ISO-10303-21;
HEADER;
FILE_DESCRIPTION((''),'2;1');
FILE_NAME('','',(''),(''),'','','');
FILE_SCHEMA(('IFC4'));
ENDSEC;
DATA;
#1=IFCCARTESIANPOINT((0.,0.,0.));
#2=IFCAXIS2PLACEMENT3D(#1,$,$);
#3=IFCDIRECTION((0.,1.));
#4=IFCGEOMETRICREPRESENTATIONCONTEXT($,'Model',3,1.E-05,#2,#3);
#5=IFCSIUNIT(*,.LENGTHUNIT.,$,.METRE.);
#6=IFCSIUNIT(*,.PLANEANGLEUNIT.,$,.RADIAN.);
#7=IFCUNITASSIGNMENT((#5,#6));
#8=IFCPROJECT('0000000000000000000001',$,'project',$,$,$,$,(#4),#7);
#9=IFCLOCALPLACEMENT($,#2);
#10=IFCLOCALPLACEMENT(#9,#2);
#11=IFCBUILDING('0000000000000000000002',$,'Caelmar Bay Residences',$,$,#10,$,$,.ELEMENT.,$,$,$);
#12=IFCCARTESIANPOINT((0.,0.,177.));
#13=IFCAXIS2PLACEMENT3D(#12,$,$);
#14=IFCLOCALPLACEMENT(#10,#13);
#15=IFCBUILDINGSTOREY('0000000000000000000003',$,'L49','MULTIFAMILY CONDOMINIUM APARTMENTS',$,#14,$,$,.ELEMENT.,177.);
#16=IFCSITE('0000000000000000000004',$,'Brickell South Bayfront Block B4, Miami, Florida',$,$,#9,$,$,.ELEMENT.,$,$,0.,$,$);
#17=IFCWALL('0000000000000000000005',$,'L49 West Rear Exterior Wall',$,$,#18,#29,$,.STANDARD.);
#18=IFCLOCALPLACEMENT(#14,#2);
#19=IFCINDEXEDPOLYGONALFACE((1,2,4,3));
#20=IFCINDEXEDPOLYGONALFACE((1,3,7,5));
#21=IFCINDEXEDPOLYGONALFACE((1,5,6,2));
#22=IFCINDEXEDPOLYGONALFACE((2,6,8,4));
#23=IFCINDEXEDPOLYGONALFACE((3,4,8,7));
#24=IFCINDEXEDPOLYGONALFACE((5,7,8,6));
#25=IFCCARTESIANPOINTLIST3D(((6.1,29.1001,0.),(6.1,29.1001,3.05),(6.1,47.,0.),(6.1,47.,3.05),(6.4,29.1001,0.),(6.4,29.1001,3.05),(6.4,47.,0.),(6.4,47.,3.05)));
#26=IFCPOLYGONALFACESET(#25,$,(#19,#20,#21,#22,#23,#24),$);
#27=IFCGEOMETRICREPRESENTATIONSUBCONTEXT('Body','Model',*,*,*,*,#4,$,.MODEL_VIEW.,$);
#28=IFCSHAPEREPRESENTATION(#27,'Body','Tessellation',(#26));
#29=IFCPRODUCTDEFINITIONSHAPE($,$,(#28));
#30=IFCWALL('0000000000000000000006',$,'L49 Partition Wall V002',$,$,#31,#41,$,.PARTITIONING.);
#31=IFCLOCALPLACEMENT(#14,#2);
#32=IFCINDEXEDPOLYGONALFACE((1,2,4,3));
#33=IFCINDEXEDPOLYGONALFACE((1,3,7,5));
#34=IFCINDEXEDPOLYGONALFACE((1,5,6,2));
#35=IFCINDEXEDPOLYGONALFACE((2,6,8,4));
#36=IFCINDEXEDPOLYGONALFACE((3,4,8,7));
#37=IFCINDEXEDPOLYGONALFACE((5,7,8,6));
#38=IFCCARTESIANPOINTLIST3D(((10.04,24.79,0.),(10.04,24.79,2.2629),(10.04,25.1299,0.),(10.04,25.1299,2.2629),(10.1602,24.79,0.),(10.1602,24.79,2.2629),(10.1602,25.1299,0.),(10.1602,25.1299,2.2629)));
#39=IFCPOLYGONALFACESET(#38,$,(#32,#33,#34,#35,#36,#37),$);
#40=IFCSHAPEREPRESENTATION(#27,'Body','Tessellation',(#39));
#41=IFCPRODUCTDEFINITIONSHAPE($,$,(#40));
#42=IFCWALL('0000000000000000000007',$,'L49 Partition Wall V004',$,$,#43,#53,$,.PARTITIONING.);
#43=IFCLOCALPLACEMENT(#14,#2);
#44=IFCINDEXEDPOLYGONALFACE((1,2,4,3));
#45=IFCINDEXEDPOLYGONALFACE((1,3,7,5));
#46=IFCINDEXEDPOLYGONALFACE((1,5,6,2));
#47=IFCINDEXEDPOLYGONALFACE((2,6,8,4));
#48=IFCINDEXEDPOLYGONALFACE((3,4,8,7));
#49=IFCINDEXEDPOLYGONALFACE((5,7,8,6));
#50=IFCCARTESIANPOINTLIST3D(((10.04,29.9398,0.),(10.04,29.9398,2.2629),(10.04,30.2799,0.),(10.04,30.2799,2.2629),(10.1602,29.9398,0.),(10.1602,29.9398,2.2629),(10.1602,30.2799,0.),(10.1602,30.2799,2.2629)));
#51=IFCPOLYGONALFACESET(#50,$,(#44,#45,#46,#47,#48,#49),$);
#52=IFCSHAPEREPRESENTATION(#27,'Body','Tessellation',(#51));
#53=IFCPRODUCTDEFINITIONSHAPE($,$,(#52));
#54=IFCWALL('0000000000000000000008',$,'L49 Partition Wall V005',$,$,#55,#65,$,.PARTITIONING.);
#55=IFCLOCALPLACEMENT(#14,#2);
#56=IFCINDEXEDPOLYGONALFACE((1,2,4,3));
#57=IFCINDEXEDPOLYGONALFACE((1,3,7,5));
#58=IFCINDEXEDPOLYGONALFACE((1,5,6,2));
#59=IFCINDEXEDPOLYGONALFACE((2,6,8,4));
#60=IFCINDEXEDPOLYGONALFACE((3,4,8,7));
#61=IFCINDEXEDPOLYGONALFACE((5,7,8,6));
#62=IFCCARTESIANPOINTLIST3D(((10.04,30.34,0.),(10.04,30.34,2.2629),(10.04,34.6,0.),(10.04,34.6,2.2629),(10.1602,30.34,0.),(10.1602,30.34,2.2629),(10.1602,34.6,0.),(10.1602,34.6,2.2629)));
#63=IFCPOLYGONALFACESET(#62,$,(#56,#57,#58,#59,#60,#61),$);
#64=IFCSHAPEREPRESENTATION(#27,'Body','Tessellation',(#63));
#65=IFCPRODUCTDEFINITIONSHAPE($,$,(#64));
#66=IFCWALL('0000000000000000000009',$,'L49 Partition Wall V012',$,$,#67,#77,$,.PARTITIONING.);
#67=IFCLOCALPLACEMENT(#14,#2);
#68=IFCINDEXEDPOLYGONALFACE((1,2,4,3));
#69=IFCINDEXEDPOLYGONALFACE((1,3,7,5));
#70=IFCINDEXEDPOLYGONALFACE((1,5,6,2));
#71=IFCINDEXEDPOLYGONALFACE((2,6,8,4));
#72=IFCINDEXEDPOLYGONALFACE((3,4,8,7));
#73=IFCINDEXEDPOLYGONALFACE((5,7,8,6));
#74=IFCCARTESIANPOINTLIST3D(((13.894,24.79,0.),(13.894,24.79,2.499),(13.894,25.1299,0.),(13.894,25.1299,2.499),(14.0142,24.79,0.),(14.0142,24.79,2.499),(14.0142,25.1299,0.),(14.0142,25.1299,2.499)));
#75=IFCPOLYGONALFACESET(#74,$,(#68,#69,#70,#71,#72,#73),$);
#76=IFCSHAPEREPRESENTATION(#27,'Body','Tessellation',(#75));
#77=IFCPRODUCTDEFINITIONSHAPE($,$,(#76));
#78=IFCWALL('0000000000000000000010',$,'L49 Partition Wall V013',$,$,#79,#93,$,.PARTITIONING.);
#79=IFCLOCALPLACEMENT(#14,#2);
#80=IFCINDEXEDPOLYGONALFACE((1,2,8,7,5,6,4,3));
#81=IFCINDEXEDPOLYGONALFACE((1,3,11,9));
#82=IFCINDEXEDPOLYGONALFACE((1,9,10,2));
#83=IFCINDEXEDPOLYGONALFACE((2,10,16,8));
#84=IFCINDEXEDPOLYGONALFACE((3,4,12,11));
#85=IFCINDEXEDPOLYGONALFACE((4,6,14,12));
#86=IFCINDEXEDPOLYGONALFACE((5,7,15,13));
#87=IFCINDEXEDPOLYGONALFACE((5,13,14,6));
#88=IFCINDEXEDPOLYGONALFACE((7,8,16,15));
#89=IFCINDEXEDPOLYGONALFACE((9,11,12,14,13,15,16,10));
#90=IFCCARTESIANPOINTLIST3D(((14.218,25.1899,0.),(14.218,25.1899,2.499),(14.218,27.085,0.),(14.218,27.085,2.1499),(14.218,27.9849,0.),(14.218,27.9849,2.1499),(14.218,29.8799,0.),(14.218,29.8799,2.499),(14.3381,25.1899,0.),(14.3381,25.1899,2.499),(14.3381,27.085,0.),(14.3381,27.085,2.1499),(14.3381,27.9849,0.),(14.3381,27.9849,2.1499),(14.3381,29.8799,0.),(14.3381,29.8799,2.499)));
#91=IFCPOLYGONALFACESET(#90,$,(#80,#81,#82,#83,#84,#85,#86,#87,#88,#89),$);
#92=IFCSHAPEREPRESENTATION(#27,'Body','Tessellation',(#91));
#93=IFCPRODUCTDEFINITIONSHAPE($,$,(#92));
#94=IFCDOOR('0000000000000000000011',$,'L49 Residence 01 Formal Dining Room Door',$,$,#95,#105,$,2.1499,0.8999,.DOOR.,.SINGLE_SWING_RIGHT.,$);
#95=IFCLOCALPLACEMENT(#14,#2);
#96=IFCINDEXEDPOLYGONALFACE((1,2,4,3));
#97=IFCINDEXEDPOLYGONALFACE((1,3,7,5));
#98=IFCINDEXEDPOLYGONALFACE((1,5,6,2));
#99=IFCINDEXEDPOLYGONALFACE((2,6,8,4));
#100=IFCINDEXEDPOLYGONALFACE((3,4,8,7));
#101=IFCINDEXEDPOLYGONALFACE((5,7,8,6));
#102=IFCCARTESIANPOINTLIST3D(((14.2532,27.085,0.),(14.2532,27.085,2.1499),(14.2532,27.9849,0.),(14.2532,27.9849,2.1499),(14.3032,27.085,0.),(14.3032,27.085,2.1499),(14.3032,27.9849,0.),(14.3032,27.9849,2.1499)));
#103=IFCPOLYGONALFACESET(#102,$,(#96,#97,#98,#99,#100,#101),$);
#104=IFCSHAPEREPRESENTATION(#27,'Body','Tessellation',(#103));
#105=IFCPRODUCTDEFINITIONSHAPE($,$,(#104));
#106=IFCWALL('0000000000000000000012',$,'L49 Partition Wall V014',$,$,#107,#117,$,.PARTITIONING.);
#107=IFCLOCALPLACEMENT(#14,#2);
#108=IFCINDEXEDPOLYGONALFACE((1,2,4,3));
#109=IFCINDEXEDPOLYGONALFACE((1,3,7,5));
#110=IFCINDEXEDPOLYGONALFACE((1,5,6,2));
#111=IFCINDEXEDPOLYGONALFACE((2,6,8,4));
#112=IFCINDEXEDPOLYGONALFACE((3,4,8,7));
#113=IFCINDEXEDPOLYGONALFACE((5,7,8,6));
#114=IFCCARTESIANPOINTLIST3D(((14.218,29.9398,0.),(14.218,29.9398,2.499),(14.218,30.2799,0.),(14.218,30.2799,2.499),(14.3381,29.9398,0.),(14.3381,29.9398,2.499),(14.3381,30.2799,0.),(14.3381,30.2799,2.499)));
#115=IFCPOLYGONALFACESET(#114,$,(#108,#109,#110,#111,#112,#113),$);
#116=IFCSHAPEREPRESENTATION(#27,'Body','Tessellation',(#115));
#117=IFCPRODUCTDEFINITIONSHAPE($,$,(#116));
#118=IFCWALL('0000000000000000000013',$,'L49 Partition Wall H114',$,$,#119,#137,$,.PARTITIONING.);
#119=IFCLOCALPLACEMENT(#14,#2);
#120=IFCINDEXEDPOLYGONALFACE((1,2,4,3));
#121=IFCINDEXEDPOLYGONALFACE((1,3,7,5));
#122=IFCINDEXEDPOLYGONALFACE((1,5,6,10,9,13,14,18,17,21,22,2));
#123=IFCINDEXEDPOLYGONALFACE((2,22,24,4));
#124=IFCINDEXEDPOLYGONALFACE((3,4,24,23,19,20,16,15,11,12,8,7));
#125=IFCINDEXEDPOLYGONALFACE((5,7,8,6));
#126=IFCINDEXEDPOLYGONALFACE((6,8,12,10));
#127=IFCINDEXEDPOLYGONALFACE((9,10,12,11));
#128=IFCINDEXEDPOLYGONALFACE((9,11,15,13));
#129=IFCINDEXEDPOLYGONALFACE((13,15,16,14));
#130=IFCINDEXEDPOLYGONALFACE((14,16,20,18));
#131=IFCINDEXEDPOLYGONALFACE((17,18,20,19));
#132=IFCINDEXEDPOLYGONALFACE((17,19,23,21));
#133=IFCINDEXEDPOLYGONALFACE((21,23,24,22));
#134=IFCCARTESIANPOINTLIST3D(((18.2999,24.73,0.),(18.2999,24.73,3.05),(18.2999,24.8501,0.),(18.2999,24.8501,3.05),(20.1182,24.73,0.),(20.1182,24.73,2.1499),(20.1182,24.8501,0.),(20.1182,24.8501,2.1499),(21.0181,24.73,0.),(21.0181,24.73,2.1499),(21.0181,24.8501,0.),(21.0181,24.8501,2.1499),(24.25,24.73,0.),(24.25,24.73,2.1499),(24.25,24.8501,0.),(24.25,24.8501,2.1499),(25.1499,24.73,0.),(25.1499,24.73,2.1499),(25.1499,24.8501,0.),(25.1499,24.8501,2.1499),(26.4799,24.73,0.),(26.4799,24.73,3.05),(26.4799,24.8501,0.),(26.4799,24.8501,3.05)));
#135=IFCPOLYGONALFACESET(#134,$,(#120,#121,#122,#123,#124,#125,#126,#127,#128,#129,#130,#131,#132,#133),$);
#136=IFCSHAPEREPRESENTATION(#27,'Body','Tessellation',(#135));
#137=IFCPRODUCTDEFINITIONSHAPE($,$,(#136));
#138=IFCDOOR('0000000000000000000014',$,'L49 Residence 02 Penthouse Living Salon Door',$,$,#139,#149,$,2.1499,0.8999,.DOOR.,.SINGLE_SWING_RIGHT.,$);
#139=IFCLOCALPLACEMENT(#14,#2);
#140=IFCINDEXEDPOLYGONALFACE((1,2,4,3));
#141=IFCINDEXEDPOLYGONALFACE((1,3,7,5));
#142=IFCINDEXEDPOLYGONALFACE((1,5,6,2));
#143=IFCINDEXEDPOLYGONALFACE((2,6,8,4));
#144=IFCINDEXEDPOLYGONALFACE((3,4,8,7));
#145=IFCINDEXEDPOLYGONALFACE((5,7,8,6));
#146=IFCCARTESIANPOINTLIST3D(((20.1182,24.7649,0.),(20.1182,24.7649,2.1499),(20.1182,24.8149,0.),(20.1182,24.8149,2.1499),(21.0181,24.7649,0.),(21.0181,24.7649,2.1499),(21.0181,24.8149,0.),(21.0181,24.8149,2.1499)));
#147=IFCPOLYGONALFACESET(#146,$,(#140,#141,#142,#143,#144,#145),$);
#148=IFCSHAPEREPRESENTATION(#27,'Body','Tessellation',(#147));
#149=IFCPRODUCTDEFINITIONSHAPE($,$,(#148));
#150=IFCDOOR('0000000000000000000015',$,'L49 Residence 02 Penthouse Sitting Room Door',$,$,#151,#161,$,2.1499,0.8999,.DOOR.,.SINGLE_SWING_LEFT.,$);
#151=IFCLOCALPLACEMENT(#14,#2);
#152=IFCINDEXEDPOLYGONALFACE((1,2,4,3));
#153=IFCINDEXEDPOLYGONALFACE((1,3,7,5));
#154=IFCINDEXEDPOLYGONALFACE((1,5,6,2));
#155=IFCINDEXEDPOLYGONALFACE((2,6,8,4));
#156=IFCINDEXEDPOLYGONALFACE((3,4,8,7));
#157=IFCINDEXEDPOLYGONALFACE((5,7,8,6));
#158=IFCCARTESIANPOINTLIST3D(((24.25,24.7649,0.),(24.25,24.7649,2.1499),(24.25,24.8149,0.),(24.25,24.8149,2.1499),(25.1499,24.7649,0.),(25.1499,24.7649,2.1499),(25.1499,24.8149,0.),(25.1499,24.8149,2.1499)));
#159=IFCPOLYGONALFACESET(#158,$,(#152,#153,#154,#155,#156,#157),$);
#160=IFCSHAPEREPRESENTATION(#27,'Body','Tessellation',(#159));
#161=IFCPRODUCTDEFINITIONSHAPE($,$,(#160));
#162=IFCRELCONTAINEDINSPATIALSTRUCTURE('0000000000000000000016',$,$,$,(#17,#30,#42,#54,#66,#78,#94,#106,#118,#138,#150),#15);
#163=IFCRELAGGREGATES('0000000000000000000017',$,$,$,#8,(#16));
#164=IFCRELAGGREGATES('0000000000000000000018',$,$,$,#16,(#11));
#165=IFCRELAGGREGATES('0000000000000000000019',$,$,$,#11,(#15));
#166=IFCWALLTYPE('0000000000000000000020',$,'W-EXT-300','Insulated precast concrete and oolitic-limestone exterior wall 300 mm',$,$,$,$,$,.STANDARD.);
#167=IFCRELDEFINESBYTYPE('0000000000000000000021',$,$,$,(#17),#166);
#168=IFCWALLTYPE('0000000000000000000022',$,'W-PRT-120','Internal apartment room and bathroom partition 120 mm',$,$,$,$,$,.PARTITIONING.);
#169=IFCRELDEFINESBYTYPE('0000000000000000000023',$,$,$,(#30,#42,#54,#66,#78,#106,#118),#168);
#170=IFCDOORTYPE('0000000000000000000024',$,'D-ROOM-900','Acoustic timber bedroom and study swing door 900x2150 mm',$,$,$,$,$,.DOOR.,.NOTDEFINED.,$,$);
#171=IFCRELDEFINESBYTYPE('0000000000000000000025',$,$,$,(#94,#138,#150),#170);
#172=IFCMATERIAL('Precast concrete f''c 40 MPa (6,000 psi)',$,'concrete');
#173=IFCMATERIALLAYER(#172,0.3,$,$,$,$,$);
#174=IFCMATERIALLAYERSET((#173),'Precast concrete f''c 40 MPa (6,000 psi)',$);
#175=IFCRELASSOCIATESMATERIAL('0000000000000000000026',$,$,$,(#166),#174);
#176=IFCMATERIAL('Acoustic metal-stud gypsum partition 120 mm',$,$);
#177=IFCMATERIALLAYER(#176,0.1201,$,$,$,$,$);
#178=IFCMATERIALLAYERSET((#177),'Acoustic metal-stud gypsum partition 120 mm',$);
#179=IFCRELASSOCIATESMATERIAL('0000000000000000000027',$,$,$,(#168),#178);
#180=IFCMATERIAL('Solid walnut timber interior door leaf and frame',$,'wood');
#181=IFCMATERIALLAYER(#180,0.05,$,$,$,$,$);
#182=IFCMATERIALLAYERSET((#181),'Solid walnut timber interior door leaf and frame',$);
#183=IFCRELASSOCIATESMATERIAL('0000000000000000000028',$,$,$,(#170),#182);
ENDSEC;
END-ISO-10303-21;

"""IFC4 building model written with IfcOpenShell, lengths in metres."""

from ifc_helpers import new_model, si_unit, direction, frame, frame_2d, origin, place, context, subcontext, project, spatial, rectangle, extrude, material, layer, layer_set, type_object, element, fill, save


model = new_model("IFC4")

# Units and contexts
model_context = context("Model", 3, precision=1e-05, world=origin(), true_north=direction((0.0, 1.0)))
body_context = subcontext(model_context, "Body", "Model", "MODEL_VIEW")
ifc_project = project(units=[si_unit("LENGTHUNIT", "METRE"), si_unit("PLANEANGLEUNIT", "RADIAN")], contexts=[model_context])

# Site, building, storey
site_placement = place(None, origin())
site = spatial("IfcSite", under=ifc_project, at=site_placement, Name="Brickell South Bayfront Block B4, Miami, Florida", CompositionType="ELEMENT", RefElevation=0.0)
building_placement = place(site_placement, origin())
building = spatial("IfcBuilding", under=site, at=building_placement, Name="Caelmar Bay Residences", CompositionType="ELEMENT")
storey_placement = place(building_placement, frame((0.0, 0.0, 177.0)))
storey = spatial("IfcBuildingStorey", under=building, at=storey_placement, Name="L49", Description="MULTIFAMILY CONDOMINIUM APARTMENTS", CompositionType="ELEMENT", Elevation=177.0)

# Walls
ifc_material_1 = material(Name="Precast concrete f'c 40 MPa (6,000 psi)", Category="concrete")
ifc_layer_1 = layer(ifc_material_1, 0.3)
ifc_layer_set_1 = layer_set([ifc_layer_1], Name="Precast concrete f'c 40 MPa (6,000 psi)")
wall_type_1 = type_object("IfcWallType", Name="W-EXT-300", Description="Insulated precast concrete and oolitic-limestone exterior wall 300 mm", PredefinedType="STANDARD", material=ifc_layer_set_1)
wall_1_placement = place(storey_placement, frame((6.25, 29.1001, 0.0), z_axis=(0.0, 0.0, 1.0), x_axis=(0.0, 1.0, 0.0)))
element("IfcWall", 1, at=wall_1_placement, inside=storey, type_object=wall_type_1, Name="L49 West Rear Exterior Wall", PredefinedType="STANDARD", context=body_context, shape_type="SweptSolid", body=[
    extrude(rectangle(XDim=17.8999, YDim=0.3, at=frame_2d((8.95, 0.0))), origin(), (0.0, 0.0, 1.0), 3.05),
])
ifc_material_2 = material(Name="Acoustic metal-stud gypsum partition 120 mm")
ifc_layer_2 = layer(ifc_material_2, 0.1201)
ifc_layer_set_2 = layer_set([ifc_layer_2], Name="Acoustic metal-stud gypsum partition 120 mm")
wall_type_2 = type_object("IfcWallType", Name="W-PRT-120", Description="Internal apartment room and bathroom partition 120 mm", PredefinedType="PARTITIONING", material=ifc_layer_set_2)
wall_2_placement = place(storey_placement, frame((10.1001, 24.79, 0.0), z_axis=(0.0, 0.0, 1.0), x_axis=(0.0, 1.0, 0.0)))
element("IfcWall", 2, at=wall_2_placement, inside=storey, type_object=wall_type_2, Name="L49 Partition Wall V002", PredefinedType="PARTITIONING", context=body_context, shape_type="SweptSolid", body=[
    extrude(rectangle(XDim=0.3398, YDim=0.1201, at=frame_2d((0.1699, 0.0))), origin(), (0.0, 0.0, 1.0), 2.2629),
])

# Shared definitions
ifc_material_3 = material(Name="Solid walnut timber interior door leaf and frame", Category="wood")
ifc_layer_3 = layer(ifc_material_3, 0.05)
ifc_layer_set_3 = layer_set([ifc_layer_3], Name="Solid walnut timber interior door leaf and frame")
door_type = type_object("IfcDoorType", Name="D-ROOM-900", Description="Acoustic timber bedroom and study swing door 900x2150 mm", OperationType="NOTDEFINED", PredefinedType="DOOR", material=ifc_layer_set_3)

# Walls
wall_3_placement = place(storey_placement, frame((10.1001, 29.9399, 0.0), z_axis=(0.0, 0.0, 1.0), x_axis=(0.0, 1.0, 0.0)))
element("IfcWall", 3, at=wall_3_placement, inside=storey, type_object=wall_type_2, Name="L49 Partition Wall V004", PredefinedType="PARTITIONING", context=body_context, shape_type="SweptSolid", body=[
    extrude(rectangle(XDim=0.3401, YDim=0.1201, at=frame_2d((0.1699, 0.0))), origin(), (0.0, 0.0, 1.0), 2.2629),
])
wall_4_placement = place(storey_placement, frame((10.1001, 30.3401, 0.0), z_axis=(0.0, 0.0, 1.0), x_axis=(0.0, 1.0, 0.0)))
element("IfcWall", 4, at=wall_4_placement, inside=storey, type_object=wall_type_2, Name="L49 Partition Wall V005", PredefinedType="PARTITIONING", context=body_context, shape_type="SweptSolid", body=[
    extrude(rectangle(XDim=4.26, YDim=0.1201, at=frame_2d((2.1299, 0.0))), origin(), (0.0, 0.0, 1.0), 2.2629),
])
wall_5_placement = place(storey_placement, frame((13.9541, 24.79, 0.0), z_axis=(0.0, 0.0, 1.0), x_axis=(0.0, 1.0, 0.0)))
element("IfcWall", 5, at=wall_5_placement, inside=storey, type_object=wall_type_2, Name="L49 Partition Wall V012", PredefinedType="PARTITIONING", context=body_context, shape_type="SweptSolid", body=[
    extrude(rectangle(XDim=0.3398, YDim=0.1201, at=frame_2d((0.1699, 0.0))), origin(), (0.0, 0.0, 1.0), 2.499),
])

# Wall, opening, door
wall_6_placement = place(storey_placement, frame((14.2781, 25.1899, 0.0), z_axis=(0.0, 0.0, 1.0), x_axis=(0.0, 1.0, 0.0)))
wall_6 = element("IfcWall", 6, at=wall_6_placement, inside=storey, type_object=wall_type_2, Name="L49 Partition Wall V013", PredefinedType="PARTITIONING", context=body_context, shape_type="SweptSolid", body=[
    extrude(rectangle(XDim=4.6899, YDim=0.1201, at=frame_2d((2.345, 0.0))), origin(), (0.0, 0.0, 1.0), 2.499),
])
opening_1_placement = place(wall_6_placement, frame((1.895, 0.0, 0.0)))
opening_1 = element("IfcOpeningElement", 7, at=opening_1_placement, cuts=wall_6, PredefinedType="OPENING", context=body_context, shape_type="SweptSolid", body=[
    extrude(rectangle(XDim=0.8999, YDim=2.1499, at=frame_2d((0.45, 1.075))), frame((0.0, 0.0701, 0.0), z_axis=(0.0, -1.0, 0.0), x_axis=(1.0, 0.0, 0.0)), (0.0, 0.0, 1.0), 0.1401),
])
door_1_placement = place(opening_1_placement, origin())
door_1 = element("IfcDoor", 8, at=door_1_placement, inside=storey, type_object=door_type, Name="L49 Residence 01 Formal Dining Room Door", OperationType="SINGLE_SWING_RIGHT", OverallHeight=2.1499, OverallWidth=0.8999, PredefinedType="DOOR", context=body_context, shape_type="SweptSolid", body=[
    extrude(rectangle(XDim=0.8999, YDim=2.1499, at=frame_2d((0.45, 1.075))), frame((0.0, 0.0249, 0.0), z_axis=(0.0, -1.0, 0.0), x_axis=(1.0, 0.0, 0.0)), (0.0, 0.0, 1.0), 0.05),
])
fill(opening_1, door_1)

# Wall
wall_7_placement = place(storey_placement, frame((14.2781, 29.9399, 0.0), z_axis=(0.0, 0.0, 1.0), x_axis=(0.0, 1.0, 0.0)))
element("IfcWall", 9, at=wall_7_placement, inside=storey, type_object=wall_type_2, Name="L49 Partition Wall V014", PredefinedType="PARTITIONING", context=body_context, shape_type="SweptSolid", body=[
    extrude(rectangle(XDim=0.3401, YDim=0.1201, at=frame_2d((0.1699, 0.0))), origin(), (0.0, 0.0, 1.0), 2.499),
])

# Wall, openings, doors
wall_8_placement = place(storey_placement, frame((18.3, 24.79, 0.0), z_axis=(0.0, 0.0, 1.0), x_axis=(1.0, 0.0, 0.0)))
wall_8 = element("IfcWall", 10, at=wall_8_placement, inside=storey, type_object=wall_type_2, Name="L49 Partition Wall H114", PredefinedType="PARTITIONING", context=body_context, shape_type="SweptSolid", body=[
    extrude(rectangle(XDim=8.1799, YDim=0.1201, at=frame_2d((4.0898, 0.0))), origin(), (0.0, 0.0, 1.0), 3.05),
])
opening_2_placement = place(wall_8_placement, frame((1.8181, 0.0, 0.0)))
opening_2 = element("IfcOpeningElement", 11, at=opening_2_placement, cuts=wall_8, PredefinedType="OPENING", context=body_context, shape_type="SweptSolid", body=[
    extrude(rectangle(XDim=0.8999, YDim=2.1499, at=frame_2d((0.45, 1.075))), frame((0.0, 0.0701, 0.0), z_axis=(0.0, -1.0, 0.0), x_axis=(1.0, 0.0, 0.0)), (0.0, 0.0, 1.0), 0.1401),
])
opening_3_placement = place(wall_8_placement, frame((5.95, 0.0, 0.0)))
opening_3 = element("IfcOpeningElement", 12, at=opening_3_placement, cuts=wall_8, PredefinedType="OPENING", context=body_context, shape_type="SweptSolid", body=[
    extrude(rectangle(XDim=0.8999, YDim=2.1499, at=frame_2d((0.45, 1.075))), frame((0.0, 0.0701, 0.0), z_axis=(0.0, -1.0, 0.0), x_axis=(1.0, 0.0, 0.0)), (0.0, 0.0, 1.0), 0.1401),
])
door_2_placement = place(opening_2_placement, origin())
door_2 = element("IfcDoor", 13, at=door_2_placement, inside=storey, type_object=door_type, Name="L49 Residence 02 Penthouse Living Salon Door", OperationType="SINGLE_SWING_RIGHT", OverallHeight=2.1499, OverallWidth=0.8999, PredefinedType="DOOR", context=body_context, shape_type="SweptSolid", body=[
    extrude(rectangle(XDim=0.8999, YDim=2.1499, at=frame_2d((0.45, 1.075))), frame((0.0, 0.0249, 0.0), z_axis=(0.0, -1.0, 0.0), x_axis=(1.0, 0.0, 0.0)), (0.0, 0.0, 1.0), 0.05),
])
fill(opening_2, door_2)
door_3_placement = place(opening_3_placement, origin())
door_3 = element("IfcDoor", 14, at=door_3_placement, inside=storey, type_object=door_type, Name="L49 Residence 02 Penthouse Sitting Room Door", OperationType="SINGLE_SWING_LEFT", OverallHeight=2.1499, OverallWidth=0.8999, PredefinedType="DOOR", context=body_context, shape_type="SweptSolid", body=[
    extrude(rectangle(XDim=0.8999, YDim=2.1499, at=frame_2d((0.45, 1.075))), frame((0.0, 0.0249, 0.0), z_axis=(0.0, -1.0, 0.0), x_axis=(1.0, 0.0, 0.0)), (0.0, 0.0, 1.0), 0.05),
])
fill(opening_3, door_3)

save(model, "model.ifc")
